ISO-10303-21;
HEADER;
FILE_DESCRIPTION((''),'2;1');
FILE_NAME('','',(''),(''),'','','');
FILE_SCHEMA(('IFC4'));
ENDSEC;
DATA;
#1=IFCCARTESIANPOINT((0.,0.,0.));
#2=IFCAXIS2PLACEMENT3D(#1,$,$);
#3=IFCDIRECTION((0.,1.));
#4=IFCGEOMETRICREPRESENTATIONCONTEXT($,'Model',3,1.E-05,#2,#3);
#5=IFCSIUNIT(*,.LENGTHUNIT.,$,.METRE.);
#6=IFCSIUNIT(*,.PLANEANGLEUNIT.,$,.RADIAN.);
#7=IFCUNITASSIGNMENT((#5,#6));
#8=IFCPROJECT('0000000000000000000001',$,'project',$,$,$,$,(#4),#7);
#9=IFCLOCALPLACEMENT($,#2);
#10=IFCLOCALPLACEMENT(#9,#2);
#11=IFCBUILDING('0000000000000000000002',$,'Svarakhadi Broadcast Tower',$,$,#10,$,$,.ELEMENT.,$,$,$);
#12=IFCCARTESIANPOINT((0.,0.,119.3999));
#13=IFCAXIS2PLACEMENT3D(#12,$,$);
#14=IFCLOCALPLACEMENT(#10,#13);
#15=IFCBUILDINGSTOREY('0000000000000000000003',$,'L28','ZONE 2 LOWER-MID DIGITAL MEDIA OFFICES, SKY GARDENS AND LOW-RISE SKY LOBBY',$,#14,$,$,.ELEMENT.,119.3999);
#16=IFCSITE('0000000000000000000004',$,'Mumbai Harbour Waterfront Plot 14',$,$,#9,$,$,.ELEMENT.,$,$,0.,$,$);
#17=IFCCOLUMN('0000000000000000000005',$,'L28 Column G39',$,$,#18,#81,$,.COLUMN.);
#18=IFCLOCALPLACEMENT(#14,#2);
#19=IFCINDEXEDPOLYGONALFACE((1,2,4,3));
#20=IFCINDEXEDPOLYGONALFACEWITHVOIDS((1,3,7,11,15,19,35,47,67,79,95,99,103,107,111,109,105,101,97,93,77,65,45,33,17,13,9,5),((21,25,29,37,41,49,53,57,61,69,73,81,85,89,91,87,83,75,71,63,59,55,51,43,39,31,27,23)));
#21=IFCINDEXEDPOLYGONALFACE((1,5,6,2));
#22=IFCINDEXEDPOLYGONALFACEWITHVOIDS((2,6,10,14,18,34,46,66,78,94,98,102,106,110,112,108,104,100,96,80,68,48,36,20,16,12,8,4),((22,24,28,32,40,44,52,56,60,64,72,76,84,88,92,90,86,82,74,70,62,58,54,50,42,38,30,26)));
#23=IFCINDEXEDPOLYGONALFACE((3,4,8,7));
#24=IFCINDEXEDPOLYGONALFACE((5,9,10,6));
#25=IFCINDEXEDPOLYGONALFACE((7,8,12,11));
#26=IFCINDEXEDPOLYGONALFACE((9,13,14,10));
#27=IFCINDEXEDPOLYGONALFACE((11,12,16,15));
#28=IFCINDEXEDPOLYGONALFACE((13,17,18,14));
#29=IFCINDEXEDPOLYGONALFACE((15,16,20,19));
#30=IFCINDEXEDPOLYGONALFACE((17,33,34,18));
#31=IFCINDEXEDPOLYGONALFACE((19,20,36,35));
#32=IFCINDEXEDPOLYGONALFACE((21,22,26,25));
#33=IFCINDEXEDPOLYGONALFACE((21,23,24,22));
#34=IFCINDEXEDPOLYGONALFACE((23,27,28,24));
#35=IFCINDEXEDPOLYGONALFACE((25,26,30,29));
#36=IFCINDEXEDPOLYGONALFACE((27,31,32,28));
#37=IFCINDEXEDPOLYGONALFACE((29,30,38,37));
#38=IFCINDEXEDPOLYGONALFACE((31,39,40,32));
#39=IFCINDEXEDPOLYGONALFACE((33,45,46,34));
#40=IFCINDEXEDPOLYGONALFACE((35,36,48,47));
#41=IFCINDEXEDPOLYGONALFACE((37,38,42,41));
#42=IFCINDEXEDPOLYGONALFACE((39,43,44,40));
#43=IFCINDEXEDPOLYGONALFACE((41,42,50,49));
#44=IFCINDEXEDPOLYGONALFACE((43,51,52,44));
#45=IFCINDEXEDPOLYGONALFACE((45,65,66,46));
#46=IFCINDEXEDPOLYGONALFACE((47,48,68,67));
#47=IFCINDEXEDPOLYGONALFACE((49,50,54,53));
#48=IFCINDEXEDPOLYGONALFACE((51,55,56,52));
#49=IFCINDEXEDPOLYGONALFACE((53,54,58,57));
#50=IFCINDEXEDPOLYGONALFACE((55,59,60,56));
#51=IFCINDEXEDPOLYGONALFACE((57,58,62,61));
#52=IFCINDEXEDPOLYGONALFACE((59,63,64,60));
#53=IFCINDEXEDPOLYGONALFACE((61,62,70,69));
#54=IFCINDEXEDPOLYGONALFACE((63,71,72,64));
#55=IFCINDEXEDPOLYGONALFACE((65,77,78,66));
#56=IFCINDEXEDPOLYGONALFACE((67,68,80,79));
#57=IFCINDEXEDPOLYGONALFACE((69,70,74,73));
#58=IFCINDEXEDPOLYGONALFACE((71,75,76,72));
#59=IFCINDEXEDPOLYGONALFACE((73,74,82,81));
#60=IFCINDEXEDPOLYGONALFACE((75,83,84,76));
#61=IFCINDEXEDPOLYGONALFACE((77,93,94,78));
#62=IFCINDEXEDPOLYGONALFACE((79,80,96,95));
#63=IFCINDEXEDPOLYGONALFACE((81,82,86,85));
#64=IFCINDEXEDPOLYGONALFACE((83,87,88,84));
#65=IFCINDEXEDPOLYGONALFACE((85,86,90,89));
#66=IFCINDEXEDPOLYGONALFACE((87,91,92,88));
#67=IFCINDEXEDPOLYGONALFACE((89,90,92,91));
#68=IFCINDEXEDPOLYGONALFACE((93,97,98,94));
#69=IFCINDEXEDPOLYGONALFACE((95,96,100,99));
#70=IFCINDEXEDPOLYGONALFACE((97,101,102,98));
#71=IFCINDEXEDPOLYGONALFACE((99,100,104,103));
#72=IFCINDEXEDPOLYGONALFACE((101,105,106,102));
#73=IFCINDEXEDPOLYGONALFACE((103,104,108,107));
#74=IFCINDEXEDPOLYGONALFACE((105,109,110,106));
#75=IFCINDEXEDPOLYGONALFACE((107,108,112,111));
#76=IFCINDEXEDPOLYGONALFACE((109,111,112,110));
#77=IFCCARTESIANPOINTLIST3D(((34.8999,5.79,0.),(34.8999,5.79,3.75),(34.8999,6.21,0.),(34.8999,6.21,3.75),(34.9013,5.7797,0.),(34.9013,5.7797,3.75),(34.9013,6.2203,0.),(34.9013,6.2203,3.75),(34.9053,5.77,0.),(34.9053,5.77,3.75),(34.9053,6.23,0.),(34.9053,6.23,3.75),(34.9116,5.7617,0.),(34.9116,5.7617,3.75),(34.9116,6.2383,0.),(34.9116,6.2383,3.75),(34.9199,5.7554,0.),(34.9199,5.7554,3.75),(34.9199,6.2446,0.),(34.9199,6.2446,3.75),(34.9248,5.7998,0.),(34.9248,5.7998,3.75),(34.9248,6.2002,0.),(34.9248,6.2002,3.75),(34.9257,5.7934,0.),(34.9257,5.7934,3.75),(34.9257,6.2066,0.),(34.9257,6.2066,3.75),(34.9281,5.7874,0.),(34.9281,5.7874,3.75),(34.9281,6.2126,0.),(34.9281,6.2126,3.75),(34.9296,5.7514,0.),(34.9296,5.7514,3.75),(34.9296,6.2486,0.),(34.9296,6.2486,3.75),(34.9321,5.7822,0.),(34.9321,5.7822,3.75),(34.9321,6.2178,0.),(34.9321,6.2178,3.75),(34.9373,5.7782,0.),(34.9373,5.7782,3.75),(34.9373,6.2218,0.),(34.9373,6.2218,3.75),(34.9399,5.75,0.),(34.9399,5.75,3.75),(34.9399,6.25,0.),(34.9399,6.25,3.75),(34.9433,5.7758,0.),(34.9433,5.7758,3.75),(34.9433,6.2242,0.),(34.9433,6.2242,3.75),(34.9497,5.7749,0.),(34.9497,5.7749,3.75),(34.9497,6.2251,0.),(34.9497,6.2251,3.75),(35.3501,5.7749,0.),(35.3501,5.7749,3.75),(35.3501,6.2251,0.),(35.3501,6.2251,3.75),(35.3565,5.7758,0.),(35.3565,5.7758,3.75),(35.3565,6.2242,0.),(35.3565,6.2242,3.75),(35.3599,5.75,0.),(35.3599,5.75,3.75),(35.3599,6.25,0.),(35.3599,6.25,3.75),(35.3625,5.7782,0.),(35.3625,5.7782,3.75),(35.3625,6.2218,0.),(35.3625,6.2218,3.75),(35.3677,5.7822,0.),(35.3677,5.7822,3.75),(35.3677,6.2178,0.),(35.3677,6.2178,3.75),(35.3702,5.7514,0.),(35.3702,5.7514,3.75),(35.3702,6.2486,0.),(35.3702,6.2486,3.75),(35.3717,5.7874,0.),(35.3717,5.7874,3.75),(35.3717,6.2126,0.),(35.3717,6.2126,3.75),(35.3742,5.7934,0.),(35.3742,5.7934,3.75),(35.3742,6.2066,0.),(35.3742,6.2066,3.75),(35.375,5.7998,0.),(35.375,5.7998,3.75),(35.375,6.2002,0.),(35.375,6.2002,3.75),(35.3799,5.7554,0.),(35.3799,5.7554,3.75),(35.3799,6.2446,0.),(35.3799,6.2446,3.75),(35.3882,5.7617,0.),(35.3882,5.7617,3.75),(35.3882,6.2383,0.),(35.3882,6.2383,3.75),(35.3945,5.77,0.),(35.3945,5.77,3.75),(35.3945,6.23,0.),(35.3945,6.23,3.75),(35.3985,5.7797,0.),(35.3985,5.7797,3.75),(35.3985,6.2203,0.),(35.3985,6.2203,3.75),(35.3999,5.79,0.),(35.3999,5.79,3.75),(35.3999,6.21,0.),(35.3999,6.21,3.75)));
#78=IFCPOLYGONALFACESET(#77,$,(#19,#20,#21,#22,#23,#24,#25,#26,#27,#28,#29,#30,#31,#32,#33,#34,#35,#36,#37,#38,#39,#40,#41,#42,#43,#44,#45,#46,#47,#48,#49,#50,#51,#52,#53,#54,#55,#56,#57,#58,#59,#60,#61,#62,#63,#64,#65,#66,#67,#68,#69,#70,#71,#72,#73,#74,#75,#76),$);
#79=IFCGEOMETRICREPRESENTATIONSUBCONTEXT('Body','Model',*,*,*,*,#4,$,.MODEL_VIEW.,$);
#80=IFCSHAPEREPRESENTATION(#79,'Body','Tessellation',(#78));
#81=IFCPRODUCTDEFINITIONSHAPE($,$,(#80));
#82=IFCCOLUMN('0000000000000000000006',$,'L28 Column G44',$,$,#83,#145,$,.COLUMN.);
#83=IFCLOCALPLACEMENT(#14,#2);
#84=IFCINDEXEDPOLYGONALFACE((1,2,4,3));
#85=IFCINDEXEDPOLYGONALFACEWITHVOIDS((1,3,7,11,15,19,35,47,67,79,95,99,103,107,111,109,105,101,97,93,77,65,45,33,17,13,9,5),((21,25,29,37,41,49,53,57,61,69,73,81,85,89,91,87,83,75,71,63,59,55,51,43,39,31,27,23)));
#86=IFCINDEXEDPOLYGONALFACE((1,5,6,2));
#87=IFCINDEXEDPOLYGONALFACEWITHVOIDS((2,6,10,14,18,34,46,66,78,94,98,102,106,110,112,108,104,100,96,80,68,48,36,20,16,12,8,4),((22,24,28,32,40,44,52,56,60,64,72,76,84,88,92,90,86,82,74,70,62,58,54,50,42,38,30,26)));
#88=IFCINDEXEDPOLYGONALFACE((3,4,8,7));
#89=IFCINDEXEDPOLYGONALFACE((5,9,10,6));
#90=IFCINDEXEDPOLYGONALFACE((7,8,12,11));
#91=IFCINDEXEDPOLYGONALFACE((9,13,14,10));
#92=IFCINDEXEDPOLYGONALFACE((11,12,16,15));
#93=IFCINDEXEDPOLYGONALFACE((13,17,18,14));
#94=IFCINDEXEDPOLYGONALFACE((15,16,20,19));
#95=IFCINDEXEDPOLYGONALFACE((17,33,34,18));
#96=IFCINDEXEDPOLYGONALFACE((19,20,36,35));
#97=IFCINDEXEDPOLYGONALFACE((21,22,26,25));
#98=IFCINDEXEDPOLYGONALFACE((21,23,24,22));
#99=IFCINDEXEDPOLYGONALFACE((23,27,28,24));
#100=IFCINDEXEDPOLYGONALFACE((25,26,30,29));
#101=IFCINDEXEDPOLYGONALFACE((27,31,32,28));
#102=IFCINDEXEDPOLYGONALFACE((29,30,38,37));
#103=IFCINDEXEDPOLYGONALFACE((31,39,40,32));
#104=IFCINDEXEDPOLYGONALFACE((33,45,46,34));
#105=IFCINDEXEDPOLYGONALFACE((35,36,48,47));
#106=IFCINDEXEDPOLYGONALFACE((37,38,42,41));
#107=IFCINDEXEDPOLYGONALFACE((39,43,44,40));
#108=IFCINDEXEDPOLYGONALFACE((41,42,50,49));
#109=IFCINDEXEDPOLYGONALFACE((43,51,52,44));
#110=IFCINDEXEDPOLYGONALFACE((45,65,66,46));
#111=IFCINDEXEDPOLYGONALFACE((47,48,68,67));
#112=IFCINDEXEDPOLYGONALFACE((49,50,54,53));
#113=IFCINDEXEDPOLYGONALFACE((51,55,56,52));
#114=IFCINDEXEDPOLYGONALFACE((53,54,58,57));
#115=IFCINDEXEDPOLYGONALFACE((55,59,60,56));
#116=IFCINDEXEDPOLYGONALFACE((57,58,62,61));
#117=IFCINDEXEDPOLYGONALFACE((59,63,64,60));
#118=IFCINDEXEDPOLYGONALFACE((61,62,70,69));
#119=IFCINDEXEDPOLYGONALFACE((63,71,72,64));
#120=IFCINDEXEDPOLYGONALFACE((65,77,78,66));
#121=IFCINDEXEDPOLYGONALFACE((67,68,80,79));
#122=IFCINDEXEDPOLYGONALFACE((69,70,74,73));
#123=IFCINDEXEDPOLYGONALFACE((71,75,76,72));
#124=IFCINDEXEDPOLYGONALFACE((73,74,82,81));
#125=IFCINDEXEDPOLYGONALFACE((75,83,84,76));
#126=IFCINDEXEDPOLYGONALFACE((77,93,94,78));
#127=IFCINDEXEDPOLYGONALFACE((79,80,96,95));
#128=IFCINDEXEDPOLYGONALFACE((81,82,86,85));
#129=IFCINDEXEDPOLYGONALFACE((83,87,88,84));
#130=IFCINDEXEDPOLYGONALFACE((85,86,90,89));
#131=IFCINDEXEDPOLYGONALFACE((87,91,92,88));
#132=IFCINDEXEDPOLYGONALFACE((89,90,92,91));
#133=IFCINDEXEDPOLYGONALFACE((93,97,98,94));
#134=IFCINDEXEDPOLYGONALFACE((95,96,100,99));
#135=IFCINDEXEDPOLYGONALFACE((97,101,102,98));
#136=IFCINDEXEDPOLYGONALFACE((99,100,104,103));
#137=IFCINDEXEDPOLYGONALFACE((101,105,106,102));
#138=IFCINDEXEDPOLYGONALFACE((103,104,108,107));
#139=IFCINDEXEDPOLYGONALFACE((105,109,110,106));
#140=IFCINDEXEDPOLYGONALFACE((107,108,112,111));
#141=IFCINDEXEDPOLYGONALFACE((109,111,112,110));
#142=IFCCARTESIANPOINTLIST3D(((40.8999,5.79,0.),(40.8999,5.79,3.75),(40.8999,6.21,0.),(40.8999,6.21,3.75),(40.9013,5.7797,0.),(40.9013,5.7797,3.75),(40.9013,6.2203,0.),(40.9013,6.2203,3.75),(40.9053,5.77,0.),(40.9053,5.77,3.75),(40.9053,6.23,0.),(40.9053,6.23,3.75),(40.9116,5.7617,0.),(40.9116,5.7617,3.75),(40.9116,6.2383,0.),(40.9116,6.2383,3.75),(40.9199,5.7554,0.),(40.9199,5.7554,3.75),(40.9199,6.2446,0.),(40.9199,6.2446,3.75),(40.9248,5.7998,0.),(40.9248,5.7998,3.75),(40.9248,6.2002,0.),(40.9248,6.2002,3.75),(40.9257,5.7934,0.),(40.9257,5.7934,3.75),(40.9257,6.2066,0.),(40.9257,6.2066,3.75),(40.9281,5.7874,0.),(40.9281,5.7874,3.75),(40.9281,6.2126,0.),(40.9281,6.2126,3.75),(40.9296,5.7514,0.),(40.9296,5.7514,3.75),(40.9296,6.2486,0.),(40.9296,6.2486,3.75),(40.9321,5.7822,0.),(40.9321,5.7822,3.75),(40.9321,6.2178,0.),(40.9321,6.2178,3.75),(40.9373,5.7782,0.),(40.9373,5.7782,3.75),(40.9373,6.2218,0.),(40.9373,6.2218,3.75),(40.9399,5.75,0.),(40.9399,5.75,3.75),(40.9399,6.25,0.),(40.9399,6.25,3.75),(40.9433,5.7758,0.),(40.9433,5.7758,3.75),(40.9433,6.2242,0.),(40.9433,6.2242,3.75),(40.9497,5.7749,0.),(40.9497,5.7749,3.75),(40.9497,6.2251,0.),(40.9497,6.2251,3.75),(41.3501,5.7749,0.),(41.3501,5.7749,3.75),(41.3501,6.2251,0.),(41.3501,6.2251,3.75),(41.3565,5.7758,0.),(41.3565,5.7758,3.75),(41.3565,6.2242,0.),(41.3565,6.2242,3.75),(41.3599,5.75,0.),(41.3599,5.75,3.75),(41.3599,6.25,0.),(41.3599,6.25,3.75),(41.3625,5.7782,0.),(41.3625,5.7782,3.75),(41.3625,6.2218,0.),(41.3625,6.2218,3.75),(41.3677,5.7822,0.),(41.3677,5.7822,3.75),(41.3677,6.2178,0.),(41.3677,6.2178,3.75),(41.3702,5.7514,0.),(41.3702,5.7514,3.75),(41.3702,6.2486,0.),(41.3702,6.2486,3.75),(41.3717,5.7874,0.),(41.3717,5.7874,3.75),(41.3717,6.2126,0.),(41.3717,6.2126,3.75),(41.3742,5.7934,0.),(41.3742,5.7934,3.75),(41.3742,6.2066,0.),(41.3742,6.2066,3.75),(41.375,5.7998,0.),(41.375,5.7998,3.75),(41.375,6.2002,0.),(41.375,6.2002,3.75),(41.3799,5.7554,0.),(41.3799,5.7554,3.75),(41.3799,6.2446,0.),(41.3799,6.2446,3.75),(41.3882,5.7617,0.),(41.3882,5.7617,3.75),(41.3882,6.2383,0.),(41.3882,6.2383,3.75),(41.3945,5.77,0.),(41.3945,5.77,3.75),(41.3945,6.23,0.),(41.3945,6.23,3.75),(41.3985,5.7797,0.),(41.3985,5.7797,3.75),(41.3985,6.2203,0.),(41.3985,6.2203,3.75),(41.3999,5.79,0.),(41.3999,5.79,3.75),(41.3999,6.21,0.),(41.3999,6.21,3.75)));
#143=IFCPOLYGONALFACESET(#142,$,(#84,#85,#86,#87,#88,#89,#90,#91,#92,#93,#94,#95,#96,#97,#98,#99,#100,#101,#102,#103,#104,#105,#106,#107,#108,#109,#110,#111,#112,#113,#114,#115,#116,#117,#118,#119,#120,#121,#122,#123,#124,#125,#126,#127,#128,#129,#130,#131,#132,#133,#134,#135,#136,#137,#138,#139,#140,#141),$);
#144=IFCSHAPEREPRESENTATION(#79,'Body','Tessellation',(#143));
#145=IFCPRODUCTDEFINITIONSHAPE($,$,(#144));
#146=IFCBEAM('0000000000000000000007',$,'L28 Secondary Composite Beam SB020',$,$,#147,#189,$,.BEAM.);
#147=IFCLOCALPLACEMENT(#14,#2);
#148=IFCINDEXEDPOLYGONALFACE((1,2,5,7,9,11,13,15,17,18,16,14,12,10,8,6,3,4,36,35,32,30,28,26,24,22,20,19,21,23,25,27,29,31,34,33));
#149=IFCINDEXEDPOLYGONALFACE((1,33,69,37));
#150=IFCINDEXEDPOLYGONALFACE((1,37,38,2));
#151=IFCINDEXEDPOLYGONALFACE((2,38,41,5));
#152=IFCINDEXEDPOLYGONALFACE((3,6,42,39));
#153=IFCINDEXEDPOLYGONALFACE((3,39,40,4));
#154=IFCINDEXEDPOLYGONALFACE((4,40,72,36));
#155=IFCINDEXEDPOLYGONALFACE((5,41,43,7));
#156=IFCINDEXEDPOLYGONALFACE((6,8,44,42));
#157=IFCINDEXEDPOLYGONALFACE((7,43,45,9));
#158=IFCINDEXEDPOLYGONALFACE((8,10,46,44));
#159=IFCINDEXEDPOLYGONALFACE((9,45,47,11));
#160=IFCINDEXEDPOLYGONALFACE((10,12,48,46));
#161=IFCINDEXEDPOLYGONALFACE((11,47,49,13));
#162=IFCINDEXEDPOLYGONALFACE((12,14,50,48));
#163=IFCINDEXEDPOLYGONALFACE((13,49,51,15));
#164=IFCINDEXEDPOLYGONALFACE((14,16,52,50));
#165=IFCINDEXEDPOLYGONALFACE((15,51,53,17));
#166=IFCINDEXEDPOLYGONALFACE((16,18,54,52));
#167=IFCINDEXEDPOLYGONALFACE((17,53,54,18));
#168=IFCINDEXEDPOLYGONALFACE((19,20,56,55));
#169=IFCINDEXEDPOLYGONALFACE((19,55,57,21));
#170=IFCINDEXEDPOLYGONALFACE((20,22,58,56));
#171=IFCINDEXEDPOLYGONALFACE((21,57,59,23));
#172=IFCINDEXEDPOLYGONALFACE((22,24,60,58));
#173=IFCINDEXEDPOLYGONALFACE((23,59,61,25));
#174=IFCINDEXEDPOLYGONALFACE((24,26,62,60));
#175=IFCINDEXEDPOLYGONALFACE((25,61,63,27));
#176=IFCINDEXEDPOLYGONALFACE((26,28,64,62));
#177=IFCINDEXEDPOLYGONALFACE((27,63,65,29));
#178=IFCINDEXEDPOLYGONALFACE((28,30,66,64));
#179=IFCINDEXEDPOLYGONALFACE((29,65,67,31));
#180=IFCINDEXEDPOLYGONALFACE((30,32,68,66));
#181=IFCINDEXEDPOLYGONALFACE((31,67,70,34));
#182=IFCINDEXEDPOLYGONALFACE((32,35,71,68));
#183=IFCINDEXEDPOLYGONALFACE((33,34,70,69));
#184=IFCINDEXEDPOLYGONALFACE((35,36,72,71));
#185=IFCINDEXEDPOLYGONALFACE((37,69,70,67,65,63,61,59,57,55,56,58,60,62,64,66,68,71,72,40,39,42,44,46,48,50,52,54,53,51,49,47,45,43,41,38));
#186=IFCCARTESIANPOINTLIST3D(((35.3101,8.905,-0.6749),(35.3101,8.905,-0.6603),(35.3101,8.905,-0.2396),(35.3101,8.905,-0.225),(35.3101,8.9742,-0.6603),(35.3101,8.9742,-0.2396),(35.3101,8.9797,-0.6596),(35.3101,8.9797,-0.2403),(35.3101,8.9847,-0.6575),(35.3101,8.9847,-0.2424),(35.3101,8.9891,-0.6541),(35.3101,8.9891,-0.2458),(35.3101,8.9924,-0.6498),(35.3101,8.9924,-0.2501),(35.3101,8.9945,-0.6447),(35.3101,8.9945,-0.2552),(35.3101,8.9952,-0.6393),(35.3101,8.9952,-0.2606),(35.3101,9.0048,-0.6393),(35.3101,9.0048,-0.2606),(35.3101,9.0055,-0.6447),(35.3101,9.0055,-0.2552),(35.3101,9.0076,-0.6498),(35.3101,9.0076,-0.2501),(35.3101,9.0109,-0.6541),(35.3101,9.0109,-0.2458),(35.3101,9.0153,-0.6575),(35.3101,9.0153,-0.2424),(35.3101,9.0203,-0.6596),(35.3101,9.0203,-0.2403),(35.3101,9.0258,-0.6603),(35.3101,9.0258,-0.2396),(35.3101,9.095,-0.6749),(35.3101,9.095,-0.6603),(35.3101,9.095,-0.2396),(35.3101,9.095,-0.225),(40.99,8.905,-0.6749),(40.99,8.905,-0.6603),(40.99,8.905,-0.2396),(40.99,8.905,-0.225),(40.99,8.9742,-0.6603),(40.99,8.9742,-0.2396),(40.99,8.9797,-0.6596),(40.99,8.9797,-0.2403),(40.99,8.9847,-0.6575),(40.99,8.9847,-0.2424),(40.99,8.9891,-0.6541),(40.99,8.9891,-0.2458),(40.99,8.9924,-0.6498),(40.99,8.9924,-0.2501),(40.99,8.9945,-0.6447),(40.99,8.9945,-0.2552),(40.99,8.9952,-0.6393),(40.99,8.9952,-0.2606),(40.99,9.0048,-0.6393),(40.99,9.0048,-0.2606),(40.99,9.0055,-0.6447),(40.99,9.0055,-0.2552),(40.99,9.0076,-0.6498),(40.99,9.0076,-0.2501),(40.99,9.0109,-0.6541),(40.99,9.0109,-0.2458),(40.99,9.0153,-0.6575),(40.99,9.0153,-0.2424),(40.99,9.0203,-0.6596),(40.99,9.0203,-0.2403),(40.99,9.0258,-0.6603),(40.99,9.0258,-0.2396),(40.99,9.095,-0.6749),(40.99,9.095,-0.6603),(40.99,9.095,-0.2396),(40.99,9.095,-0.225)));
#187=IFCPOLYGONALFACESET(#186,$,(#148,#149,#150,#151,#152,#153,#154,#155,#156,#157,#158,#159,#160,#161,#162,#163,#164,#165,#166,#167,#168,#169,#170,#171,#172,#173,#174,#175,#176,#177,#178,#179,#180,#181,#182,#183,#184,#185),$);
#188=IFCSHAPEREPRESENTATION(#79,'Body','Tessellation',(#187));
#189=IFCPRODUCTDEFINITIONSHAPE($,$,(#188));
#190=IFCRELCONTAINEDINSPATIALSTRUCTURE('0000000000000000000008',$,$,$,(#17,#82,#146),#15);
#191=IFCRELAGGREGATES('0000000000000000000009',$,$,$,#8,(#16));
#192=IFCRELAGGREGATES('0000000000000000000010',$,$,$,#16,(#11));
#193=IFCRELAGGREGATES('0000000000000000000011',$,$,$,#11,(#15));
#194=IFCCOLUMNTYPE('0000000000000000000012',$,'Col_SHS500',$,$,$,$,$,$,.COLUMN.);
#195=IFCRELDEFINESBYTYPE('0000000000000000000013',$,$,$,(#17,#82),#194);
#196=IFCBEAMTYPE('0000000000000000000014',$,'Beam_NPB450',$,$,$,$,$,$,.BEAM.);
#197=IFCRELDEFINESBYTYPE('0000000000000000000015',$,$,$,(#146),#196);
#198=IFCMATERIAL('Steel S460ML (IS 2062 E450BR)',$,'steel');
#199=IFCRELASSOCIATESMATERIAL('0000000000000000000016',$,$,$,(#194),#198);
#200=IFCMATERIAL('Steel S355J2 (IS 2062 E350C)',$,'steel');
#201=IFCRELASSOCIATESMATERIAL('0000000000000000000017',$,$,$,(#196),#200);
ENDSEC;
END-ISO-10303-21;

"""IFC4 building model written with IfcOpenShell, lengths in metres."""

from ifc_helpers import new_model, si_unit, direction, frame, origin, origin_2d, place, context, subcontext, project, spatial, hollow_rectangle, i_section, extrude, material, material_profile, profile_set, type_object, element, save


model = new_model("IFC4")

# Units and contexts
model_context = context("Model", 3, precision=1e-05, world=origin(), true_north=direction((0.0, 1.0)))
body_context = subcontext(model_context, "Body", "Model", "MODEL_VIEW")
ifc_project = project(units=[si_unit("LENGTHUNIT", "METRE"), si_unit("PLANEANGLEUNIT", "RADIAN")], contexts=[model_context])

# Site, building, storey
site_placement = place(None, origin())
site = spatial("IfcSite", under=ifc_project, at=site_placement, Name="Mumbai Harbour Waterfront Plot 14", CompositionType="ELEMENT", RefElevation=0.0)
building_placement = place(site_placement, origin())
building = spatial("IfcBuilding", under=site, at=building_placement, Name="Svarakhadi Broadcast Tower", CompositionType="ELEMENT")
storey_placement = place(building_placement, frame((0.0, 0.0, 119.3999)))
storey = spatial("IfcBuildingStorey", under=building, at=storey_placement, Name="L28", Description="ZONE 2 LOWER-MID DIGITAL MEDIA OFFICES, SKY GARDENS AND LOW-RISE SKY LOBBY", CompositionType="ELEMENT", Elevation=119.3999)

# Columns
ifc_material_1 = material(Name="Steel S460ML (IS 2062 E450BR)", Category="steel")
ifc_material_profile_1 = material_profile(ifc_material_1, hollow_rectangle(XDim=0.5, YDim=0.5, WallThickness=0.0249, InnerFilletRadius=0.0249, OuterFilletRadius=0.04, at=origin_2d()), Name="SHS 500x500x25")
ifc_profile_set_1 = profile_set([ifc_material_profile_1], Name="Steel S460ML (IS 2062 E450BR)")
column_type = type_object("IfcColumnType", Name="Col_SHS500", PredefinedType="COLUMN", material=ifc_profile_set_1)
for number, where, z_axis, x_axis, name in (
    (1, (35.1499, 6.0, 0.0), (0.0, 0.0, 1.0), (1.0, 0.0, 0.0), "L28 Column G39"),
    (2, (41.1499, 6.0, 0.0), (0.0, 0.0, 1.0), (1.0, 0.0, 0.0), "L28 Column G44"),
):
    element("IfcColumn", number, at=place(storey_placement, frame(where, z_axis=z_axis, x_axis=x_axis)), inside=storey, type_object=column_type, Name=name, PredefinedType="COLUMN", context=body_context, shape_type="SweptSolid", body=[
        extrude(hollow_rectangle(XDim=0.5, YDim=0.5, WallThickness=0.0249, InnerFilletRadius=0.0249, OuterFilletRadius=0.04, at=origin_2d()), origin(), (0.0, 0.0, 1.0), 3.75),
    ])

# Beam
ifc_material_2 = material(Name="Steel S355J2 (IS 2062 E350C)", Category="steel")
ifc_material_profile_2 = material_profile(ifc_material_2, i_section(OverallWidth=0.1899, OverallDepth=0.45, WebThickness=0.0095, FlangeThickness=0.0146, FilletRadius=0.021, at=origin_2d()), Name="NPB 450x190x78")
ifc_profile_set_2 = profile_set([ifc_material_profile_2], Name="Steel S355J2 (IS 2062 E350C)")
beam_type_1 = type_object("IfcBeamType", Name="Beam_NPB450", PredefinedType="BEAM", material=ifc_profile_set_2)
beam_1_placement = place(storey_placement, frame((35.3101, 9.0, -0.45), z_axis=(1.0, 0.0, 0.0), x_axis=(0.0, 1.0, 0.0)))
element("IfcBeam", 3, at=beam_1_placement, inside=storey, type_object=beam_type_1, Name="L28 Secondary Composite Beam SB020", PredefinedType="BEAM", context=body_context, shape_type="SweptSolid", body=[
    extrude(i_section(OverallWidth=0.1899, OverallDepth=0.45, WebThickness=0.0095, FlangeThickness=0.0146, FilletRadius=0.021, at=origin_2d()), origin(), (0.0, 0.0, 1.0), 5.6799),
])

save(model, "model.ifc")
